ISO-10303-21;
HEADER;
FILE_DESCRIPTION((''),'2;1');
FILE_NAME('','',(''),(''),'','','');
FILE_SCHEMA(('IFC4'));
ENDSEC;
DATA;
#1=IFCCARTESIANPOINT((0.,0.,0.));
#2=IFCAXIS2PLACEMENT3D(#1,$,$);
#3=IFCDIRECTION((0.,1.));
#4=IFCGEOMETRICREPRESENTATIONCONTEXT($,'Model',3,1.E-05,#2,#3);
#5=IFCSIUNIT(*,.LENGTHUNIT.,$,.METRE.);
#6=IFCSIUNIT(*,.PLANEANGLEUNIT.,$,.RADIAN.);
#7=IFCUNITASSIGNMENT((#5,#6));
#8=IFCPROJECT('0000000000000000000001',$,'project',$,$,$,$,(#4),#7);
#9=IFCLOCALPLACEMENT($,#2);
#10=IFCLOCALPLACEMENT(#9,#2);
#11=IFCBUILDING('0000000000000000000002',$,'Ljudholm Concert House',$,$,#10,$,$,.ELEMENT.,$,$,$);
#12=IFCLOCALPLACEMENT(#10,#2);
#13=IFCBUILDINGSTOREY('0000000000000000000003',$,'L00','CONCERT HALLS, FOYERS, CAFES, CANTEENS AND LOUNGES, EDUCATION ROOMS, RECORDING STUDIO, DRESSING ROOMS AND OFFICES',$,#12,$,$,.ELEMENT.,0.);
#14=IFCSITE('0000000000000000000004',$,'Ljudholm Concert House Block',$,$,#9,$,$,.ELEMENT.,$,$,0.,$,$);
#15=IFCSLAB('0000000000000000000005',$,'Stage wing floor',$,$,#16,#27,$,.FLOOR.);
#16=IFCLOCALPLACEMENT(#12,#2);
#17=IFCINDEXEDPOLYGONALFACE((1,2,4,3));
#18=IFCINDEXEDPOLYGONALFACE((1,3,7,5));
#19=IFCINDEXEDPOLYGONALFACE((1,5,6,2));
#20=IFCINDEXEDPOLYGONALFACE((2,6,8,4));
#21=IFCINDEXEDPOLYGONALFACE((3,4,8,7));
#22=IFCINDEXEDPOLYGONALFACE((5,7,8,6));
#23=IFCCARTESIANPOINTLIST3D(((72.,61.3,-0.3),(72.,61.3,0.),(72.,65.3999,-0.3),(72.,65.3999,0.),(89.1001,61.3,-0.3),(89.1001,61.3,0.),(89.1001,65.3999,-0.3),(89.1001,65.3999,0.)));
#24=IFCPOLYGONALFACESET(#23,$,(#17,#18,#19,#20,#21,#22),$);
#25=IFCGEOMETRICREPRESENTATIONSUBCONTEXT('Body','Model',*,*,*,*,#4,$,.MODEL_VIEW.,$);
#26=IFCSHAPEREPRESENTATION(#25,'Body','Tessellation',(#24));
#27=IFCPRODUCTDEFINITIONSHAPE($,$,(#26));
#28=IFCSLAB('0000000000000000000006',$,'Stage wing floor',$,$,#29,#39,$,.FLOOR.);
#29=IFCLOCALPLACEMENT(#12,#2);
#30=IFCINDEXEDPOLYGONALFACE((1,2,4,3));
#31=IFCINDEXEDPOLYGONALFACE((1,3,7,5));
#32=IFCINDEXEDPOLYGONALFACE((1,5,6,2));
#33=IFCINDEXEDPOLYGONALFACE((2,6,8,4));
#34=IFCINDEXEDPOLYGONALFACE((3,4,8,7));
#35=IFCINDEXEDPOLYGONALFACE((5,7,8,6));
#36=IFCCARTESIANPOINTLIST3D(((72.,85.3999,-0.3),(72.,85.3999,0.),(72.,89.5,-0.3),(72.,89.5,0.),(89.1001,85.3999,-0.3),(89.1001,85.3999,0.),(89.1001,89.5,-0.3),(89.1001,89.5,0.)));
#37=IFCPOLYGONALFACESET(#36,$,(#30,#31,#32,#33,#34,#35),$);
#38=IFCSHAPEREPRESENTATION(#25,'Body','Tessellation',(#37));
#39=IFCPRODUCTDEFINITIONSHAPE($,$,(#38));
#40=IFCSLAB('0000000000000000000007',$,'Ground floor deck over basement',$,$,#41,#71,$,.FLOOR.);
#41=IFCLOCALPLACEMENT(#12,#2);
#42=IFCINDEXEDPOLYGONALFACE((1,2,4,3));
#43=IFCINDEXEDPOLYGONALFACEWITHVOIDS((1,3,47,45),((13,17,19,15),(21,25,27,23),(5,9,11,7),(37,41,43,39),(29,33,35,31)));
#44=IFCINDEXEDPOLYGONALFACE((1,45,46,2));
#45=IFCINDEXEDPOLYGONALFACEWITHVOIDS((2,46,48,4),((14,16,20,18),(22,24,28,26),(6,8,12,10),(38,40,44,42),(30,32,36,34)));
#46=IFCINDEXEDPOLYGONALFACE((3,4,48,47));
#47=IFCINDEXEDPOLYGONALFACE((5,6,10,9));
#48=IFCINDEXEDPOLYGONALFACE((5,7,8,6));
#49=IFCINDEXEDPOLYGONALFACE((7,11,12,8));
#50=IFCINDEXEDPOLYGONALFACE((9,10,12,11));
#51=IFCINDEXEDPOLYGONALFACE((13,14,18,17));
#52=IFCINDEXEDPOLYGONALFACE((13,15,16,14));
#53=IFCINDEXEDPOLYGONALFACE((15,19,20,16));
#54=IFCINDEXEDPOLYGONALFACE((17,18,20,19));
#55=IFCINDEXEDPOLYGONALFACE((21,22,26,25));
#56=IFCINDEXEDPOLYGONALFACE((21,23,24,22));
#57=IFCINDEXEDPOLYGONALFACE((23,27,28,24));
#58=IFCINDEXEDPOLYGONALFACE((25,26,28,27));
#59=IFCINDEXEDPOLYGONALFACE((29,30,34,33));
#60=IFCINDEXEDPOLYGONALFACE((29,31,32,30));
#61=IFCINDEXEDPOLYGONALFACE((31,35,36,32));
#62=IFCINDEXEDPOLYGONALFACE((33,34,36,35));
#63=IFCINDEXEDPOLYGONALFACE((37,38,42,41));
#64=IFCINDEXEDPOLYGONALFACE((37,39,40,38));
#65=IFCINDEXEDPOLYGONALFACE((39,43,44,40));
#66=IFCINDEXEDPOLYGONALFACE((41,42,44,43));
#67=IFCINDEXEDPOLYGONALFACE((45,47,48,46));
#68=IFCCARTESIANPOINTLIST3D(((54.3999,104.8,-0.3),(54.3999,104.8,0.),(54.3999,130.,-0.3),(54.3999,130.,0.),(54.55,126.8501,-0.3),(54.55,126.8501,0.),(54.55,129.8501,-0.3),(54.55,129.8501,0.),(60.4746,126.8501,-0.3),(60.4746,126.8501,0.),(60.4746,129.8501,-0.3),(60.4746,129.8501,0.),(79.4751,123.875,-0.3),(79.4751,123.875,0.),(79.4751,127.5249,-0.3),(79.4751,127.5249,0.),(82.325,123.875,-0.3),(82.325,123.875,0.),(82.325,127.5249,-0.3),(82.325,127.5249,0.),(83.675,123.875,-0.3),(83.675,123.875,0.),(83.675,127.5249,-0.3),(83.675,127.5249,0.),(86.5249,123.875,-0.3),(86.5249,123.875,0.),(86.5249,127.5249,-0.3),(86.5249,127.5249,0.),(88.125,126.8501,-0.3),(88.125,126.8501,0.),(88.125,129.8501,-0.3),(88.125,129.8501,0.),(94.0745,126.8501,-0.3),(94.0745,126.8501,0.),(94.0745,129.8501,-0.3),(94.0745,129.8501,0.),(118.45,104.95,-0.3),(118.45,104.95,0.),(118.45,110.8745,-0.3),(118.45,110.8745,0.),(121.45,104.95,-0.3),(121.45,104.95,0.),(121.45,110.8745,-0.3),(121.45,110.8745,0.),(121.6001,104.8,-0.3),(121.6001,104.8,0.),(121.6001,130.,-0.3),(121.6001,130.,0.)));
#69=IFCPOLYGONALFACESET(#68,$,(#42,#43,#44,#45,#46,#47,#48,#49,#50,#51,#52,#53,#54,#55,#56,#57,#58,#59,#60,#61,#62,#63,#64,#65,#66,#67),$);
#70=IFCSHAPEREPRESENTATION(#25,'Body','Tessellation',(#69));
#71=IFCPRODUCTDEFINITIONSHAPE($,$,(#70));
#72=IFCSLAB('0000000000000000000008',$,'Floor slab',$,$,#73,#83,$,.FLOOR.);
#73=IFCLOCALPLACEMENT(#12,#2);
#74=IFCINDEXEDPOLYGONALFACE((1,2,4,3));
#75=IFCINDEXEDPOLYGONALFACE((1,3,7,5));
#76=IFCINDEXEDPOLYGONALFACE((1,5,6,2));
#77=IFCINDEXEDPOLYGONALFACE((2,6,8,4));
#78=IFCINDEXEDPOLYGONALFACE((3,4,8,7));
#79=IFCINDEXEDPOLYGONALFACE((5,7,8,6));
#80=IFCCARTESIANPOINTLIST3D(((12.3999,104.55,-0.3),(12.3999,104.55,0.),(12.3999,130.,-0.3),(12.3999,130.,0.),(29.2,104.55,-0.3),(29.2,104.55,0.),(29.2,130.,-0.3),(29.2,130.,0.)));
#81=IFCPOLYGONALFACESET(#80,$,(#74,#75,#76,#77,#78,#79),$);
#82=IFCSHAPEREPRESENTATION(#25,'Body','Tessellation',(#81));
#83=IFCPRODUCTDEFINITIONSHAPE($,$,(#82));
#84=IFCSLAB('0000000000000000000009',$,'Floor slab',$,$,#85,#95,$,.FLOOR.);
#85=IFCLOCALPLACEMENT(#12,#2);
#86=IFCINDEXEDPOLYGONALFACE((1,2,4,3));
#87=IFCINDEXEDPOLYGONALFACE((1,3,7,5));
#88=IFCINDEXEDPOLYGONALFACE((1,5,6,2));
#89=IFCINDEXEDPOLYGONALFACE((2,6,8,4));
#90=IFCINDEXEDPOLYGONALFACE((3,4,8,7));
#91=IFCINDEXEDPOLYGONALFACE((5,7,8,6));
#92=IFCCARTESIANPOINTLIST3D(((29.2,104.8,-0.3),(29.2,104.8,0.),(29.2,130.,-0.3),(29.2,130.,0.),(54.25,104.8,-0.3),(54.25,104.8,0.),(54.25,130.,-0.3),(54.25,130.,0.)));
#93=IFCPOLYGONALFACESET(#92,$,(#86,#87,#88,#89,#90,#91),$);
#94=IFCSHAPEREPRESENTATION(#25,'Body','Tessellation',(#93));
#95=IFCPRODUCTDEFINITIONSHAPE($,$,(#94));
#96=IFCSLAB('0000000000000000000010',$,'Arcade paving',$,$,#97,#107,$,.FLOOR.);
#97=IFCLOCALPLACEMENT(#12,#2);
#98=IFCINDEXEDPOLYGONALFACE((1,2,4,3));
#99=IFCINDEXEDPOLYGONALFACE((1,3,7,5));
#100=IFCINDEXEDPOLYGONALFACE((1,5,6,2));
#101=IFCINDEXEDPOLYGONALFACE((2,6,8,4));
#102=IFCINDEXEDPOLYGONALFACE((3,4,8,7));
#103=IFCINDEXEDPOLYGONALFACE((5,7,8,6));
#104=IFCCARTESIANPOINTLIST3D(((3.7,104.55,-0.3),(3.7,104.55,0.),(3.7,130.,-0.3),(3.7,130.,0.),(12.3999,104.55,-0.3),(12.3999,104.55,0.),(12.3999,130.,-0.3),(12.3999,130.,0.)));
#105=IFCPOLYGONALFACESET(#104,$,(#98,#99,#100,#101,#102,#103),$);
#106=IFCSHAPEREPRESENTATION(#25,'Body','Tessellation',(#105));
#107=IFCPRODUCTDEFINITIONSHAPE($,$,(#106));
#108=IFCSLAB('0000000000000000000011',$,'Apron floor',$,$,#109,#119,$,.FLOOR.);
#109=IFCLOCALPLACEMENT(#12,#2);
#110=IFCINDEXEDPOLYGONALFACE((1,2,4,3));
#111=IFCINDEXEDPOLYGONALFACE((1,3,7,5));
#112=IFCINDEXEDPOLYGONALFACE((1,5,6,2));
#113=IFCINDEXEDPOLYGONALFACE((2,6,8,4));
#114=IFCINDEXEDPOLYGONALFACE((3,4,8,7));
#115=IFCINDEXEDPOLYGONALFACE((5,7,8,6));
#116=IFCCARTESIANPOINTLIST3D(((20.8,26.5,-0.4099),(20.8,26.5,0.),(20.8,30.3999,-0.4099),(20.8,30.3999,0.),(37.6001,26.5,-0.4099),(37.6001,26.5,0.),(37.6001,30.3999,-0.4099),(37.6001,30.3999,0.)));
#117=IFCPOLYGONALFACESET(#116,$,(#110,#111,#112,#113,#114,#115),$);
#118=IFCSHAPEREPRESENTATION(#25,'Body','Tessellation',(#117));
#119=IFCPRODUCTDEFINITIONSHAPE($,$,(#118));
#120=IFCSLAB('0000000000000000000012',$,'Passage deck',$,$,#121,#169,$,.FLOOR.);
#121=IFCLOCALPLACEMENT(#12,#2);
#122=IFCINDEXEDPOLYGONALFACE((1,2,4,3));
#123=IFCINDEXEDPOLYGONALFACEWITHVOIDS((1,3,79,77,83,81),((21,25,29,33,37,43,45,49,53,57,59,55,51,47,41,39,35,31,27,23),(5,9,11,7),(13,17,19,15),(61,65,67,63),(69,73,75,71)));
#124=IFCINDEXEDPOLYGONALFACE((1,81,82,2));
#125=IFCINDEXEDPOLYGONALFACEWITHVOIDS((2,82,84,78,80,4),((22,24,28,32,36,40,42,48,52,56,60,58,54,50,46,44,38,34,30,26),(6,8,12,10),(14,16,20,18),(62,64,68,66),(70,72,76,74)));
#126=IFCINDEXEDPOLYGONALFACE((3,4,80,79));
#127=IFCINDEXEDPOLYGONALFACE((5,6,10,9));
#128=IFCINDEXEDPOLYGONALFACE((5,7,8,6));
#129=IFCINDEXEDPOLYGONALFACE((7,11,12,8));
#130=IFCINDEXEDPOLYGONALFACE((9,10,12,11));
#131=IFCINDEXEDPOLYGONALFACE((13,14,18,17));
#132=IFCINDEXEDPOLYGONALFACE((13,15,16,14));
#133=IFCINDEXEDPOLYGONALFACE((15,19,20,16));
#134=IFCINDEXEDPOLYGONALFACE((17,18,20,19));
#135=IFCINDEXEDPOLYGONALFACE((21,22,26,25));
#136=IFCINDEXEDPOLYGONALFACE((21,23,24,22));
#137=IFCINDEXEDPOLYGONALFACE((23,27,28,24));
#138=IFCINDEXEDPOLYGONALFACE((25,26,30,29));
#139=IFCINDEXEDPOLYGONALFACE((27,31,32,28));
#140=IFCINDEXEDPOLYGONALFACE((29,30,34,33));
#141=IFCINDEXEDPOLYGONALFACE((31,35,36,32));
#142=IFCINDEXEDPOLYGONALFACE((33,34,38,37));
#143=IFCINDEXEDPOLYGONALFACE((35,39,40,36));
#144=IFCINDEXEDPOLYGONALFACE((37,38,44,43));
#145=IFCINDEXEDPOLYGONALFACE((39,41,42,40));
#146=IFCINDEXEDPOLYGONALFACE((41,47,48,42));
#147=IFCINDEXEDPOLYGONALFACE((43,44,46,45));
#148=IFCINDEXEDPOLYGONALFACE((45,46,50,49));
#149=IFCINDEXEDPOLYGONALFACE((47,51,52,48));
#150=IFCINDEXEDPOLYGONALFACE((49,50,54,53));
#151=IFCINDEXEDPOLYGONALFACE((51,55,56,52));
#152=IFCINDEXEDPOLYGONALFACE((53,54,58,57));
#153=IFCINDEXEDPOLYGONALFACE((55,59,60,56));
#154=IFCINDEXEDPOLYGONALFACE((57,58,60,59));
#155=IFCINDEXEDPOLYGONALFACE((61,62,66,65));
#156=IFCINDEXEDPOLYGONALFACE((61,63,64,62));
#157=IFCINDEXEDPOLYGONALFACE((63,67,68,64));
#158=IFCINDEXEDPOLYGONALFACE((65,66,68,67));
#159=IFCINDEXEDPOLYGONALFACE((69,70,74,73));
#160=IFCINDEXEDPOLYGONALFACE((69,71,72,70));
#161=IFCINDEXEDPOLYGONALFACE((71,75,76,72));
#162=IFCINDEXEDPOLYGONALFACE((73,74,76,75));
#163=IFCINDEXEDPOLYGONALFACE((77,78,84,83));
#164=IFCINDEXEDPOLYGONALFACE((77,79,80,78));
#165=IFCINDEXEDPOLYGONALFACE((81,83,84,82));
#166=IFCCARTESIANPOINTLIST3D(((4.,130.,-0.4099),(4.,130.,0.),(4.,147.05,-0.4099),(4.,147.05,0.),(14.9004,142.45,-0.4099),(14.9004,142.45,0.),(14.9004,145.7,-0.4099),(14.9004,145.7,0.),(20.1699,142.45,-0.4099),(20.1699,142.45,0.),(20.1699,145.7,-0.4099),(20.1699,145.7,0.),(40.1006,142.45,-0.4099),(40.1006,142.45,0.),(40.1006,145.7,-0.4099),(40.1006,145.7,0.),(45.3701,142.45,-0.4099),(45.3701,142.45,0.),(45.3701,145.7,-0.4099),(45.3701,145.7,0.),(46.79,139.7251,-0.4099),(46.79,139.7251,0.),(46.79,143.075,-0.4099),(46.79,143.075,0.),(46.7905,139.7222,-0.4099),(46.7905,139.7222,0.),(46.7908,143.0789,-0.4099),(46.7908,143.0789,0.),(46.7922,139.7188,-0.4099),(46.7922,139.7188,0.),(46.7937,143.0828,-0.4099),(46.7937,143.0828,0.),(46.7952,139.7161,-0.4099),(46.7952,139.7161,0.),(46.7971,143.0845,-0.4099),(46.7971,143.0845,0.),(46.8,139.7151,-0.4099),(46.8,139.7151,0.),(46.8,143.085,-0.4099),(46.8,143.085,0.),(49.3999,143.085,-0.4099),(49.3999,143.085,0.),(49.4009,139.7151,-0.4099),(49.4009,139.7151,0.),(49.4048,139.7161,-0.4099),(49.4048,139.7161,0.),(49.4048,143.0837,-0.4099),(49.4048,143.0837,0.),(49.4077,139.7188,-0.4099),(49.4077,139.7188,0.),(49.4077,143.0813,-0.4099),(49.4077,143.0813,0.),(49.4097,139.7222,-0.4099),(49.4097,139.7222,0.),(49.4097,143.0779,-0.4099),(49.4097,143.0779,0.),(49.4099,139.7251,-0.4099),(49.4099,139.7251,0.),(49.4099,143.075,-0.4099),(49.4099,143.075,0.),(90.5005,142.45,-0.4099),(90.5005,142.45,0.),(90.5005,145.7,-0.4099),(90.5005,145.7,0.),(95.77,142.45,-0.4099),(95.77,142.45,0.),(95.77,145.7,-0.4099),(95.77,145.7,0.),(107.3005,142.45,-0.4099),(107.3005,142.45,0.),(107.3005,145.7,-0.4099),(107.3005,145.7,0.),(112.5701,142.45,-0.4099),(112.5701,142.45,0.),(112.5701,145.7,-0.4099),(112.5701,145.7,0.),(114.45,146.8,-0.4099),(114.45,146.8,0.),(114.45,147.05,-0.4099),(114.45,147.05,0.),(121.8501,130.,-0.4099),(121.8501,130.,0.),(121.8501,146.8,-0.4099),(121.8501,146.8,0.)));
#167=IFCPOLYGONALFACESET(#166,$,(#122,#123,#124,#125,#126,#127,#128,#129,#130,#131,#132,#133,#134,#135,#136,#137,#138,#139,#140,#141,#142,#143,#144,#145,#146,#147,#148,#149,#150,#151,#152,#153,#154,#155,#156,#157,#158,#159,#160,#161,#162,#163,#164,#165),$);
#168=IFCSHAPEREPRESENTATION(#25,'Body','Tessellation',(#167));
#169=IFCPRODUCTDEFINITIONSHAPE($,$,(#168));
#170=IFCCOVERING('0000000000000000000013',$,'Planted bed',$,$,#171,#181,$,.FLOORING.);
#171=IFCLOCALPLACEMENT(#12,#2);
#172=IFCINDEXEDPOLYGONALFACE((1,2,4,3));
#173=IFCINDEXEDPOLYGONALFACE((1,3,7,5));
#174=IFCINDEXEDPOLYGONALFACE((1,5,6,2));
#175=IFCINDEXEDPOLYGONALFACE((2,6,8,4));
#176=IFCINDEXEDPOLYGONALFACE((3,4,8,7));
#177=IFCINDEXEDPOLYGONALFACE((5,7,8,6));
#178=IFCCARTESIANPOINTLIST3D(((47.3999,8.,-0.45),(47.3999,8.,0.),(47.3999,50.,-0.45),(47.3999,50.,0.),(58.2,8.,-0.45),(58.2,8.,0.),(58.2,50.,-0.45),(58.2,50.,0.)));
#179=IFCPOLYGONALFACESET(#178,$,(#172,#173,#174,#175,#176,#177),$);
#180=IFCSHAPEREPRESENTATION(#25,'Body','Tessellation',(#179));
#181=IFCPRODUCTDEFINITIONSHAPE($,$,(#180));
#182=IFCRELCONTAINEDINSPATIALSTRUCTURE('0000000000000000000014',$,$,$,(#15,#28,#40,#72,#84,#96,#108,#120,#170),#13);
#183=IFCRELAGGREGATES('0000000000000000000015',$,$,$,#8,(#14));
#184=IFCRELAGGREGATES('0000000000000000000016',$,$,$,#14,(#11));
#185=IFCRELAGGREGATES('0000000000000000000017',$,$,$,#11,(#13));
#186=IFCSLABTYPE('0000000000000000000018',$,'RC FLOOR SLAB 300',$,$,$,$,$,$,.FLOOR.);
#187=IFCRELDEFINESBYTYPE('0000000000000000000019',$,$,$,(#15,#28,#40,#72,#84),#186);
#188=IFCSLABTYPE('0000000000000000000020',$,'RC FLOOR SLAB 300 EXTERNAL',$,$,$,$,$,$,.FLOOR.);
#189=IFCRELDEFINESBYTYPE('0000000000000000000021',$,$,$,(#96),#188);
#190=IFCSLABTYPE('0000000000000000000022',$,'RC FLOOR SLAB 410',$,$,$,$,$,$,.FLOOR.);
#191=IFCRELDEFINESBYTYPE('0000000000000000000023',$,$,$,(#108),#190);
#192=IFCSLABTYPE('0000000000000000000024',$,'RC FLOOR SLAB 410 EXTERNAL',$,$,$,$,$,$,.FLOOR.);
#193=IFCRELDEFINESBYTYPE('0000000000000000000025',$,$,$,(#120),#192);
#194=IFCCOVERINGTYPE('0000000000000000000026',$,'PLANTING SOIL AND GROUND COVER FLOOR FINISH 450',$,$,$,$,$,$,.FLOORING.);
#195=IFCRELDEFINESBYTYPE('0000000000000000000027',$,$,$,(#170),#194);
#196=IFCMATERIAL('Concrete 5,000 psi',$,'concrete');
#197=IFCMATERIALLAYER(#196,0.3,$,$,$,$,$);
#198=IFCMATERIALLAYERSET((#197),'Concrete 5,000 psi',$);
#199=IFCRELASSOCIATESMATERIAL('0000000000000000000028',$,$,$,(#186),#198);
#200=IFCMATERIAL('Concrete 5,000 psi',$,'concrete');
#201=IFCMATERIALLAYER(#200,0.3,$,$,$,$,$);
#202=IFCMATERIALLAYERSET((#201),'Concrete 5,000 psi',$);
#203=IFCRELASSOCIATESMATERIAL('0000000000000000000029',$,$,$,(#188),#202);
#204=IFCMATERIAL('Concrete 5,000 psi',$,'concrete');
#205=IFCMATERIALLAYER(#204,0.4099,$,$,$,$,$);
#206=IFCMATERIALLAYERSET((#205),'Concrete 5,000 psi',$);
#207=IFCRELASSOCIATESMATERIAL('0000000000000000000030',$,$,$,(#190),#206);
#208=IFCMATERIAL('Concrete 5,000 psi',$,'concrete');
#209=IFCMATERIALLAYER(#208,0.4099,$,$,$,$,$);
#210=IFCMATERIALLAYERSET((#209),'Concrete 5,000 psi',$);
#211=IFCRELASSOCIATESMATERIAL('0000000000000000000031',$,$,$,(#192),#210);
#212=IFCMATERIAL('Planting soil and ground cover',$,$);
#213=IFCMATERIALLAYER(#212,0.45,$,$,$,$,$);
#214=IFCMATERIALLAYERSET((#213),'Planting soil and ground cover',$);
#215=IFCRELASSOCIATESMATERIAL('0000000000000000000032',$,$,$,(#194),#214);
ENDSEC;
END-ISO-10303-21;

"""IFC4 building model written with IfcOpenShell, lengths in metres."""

from ifc_helpers import new_model, si_unit, direction, frame, origin, place, context, subcontext, project, spatial, polyline, outline, extrude, material, layer, layer_set, type_object, element, save


model = new_model("IFC4")

# Units and contexts
model_context = context("Model", 3, precision=1e-05, world=origin(), true_north=direction((0.0, 1.0)))
body_context = subcontext(model_context, "Body", "Model", "MODEL_VIEW")
ifc_project = project(units=[si_unit("LENGTHUNIT", "METRE"), si_unit("PLANEANGLEUNIT", "RADIAN")], contexts=[model_context])

# Site, building, storey
site_placement = place(None, origin())
site = spatial("IfcSite", under=ifc_project, at=site_placement, Name="Ljudholm Concert House Block", CompositionType="ELEMENT", RefElevation=0.0)
building_placement = place(site_placement, origin())
building = spatial("IfcBuilding", under=site, at=building_placement, Name="Ljudholm Concert House", CompositionType="ELEMENT")
storey_placement = place(building_placement, origin())
storey = spatial("IfcBuildingStorey", under=building, at=storey_placement, Name="L00", Description="CONCERT HALLS, FOYERS, CAFES, CANTEENS AND LOUNGES, EDUCATION ROOMS, RECORDING STUDIO, DRESSING ROOMS AND OFFICES", CompositionType="ELEMENT", Elevation=0.0)

# Slabs
ifc_material_1 = material(Name="Concrete 5,000 psi", Category="concrete")
ifc_layer_1 = layer(ifc_material_1, 0.3)
ifc_layer_set_1 = layer_set([ifc_layer_1], Name="Concrete 5,000 psi")
slab_type_1 = type_object("IfcSlabType", Name="RC FLOOR SLAB 300", PredefinedType="FLOOR", material=ifc_layer_set_1)
slab_1_placement = place(storey_placement, frame((0.0, 0.0, -0.3)))
element("IfcSlab", 1, at=slab_1_placement, inside=storey, type_object=slab_type_1, Name="Stage wing floor", PredefinedType="FLOOR", context=body_context, shape_type="SweptSolid", body=[
    extrude(outline(polyline([(72.0, 61.3), (89.1001, 61.3), (89.1001, 65.3999), (72.0, 65.3999), (72.0, 61.3)])), origin(), (0.0, 0.0, 1.0), 0.3),
])
slab_2_placement = place(storey_placement, frame((0.0, 0.0, -0.3)))
element("IfcSlab", 2, at=slab_2_placement, inside=storey, type_object=slab_type_1, Name="Stage wing floor", PredefinedType="FLOOR", context=body_context, shape_type="SweptSolid", body=[
    extrude(outline(polyline([(72.0, 85.3999), (89.1001, 85.3999), (89.1001, 89.5), (72.0, 89.5), (72.0, 85.3999)])), origin(), (0.0, 0.0, 1.0), 0.3),
])
slab_3_placement = place(storey_placement, frame((0.0, 0.0, -0.3)))
element("IfcSlab", 3, at=slab_3_placement, inside=storey, type_object=slab_type_1, Name="Ground floor deck over basement", PredefinedType="FLOOR", context=body_context, shape_type="SweptSolid", body=[
    extrude(outline(polyline([(54.3999, 130.0), (121.6001, 130.0), (121.6001, 104.8), (54.3999, 104.8), (54.3999, 130.0)]), holes=[polyline([(121.45, 110.8745), (118.45, 110.8745), (118.45, 104.95), (121.45, 104.95), (121.45, 110.8745)]), polyline([(79.4751, 127.5249), (79.4751, 123.875), (82.325, 123.875), (82.325, 127.5249), (79.4751, 127.5249)]), polyline([(83.675, 127.5249), (83.675, 123.875), (86.5249, 123.875), (86.5249, 127.5249), (83.675, 127.5249)]), polyline([(54.55, 126.8501), (60.4746, 126.8501), (60.4746, 129.8501), (54.55, 129.8501), (54.55, 126.8501)]), polyline([(88.125, 126.8501), (94.0745, 126.8501), (94.0745, 129.8501), (88.125, 129.8501), (88.125, 126.8501)])]), origin(), (0.0, 0.0, 1.0), 0.3),
])
slab_4_placement = place(storey_placement, frame((0.0, 0.0, -0.3)))
element("IfcSlab", 4, at=slab_4_placement, inside=storey, type_object=slab_type_1, Name="Floor slab", PredefinedType="FLOOR", context=body_context, shape_type="SweptSolid", body=[
    extrude(outline(polyline([(29.2, 130.0), (12.3999, 130.0), (12.3999, 104.55), (29.2, 104.55), (29.2, 130.0)])), origin(), (0.0, 0.0, 1.0), 0.3),
])
slab_5_placement = place(storey_placement, frame((0.0, 0.0, -0.3)))
element("IfcSlab", 5, at=slab_5_placement, inside=storey, type_object=slab_type_1, Name="Floor slab", PredefinedType="FLOOR", context=body_context, shape_type="SweptSolid", body=[
    extrude(outline(polyline([(54.25, 104.8), (54.25, 130.0), (29.2, 130.0), (29.2, 104.8), (54.25, 104.8)])), origin(), (0.0, 0.0, 1.0), 0.3),
])
ifc_material_2 = material(Name="Concrete 5,000 psi", Category="concrete")
ifc_layer_2 = layer(ifc_material_2, 0.3)
ifc_layer_set_2 = layer_set([ifc_layer_2], Name="Concrete 5,000 psi")
slab_type_2 = type_object("IfcSlabType", Name="RC FLOOR SLAB 300 EXTERNAL", PredefinedType="FLOOR", material=ifc_layer_set_2)
slab_6_placement = place(storey_placement, frame((0.0, 0.0, -0.3)))
element("IfcSlab", 6, at=slab_6_placement, inside=storey, type_object=slab_type_2, Name="Arcade paving", PredefinedType="FLOOR", context=body_context, shape_type="SweptSolid", body=[
    extrude(outline(polyline([(3.7, 104.55), (12.3999, 104.55), (12.3999, 130.0), (3.7, 130.0), (3.7, 104.55)])), origin(), (0.0, 0.0, 1.0), 0.3),
])
ifc_material_3 = material(Name="Concrete 5,000 psi", Category="concrete")
ifc_layer_3 = layer(ifc_material_3, 0.4099)
ifc_layer_set_3 = layer_set([ifc_layer_3], Name="Concrete 5,000 psi")
slab_type_3 = type_object("IfcSlabType", Name="RC FLOOR SLAB 410", PredefinedType="FLOOR", material=ifc_layer_set_3)
slab_7_placement = place(storey_placement, frame((0.0, 0.0, -0.4099)))
element("IfcSlab", 7, at=slab_7_placement, inside=storey, type_object=slab_type_3, Name="Apron floor", PredefinedType="FLOOR", context=body_context, shape_type="SweptSolid", body=[
    extrude(outline(polyline([(20.8, 26.5), (37.6001, 26.5), (37.6001, 30.3999), (20.8, 30.3999), (20.8, 26.5)])), origin(), (0.0, 0.0, 1.0), 0.4099),
])
ifc_material_4 = material(Name="Concrete 5,000 psi", Category="concrete")
ifc_layer_4 = layer(ifc_material_4, 0.4099)
ifc_layer_set_4 = layer_set([ifc_layer_4], Name="Concrete 5,000 psi")
slab_type_4 = type_object("IfcSlabType", Name="RC FLOOR SLAB 410 EXTERNAL", PredefinedType="FLOOR", material=ifc_layer_set_4)
slab_8_placement = place(storey_placement, frame((0.0, 0.0, -0.4099)))
element("IfcSlab", 8, at=slab_8_placement, inside=storey, type_object=slab_type_4, Name="Passage deck", PredefinedType="FLOOR", context=body_context, shape_type="SweptSolid", body=[
    extrude(outline(polyline([(114.45, 147.05), (114.45, 146.8), (121.8501, 146.8), (121.8501, 130.0), (4.0, 130.0), (4.0, 147.05), (114.45, 147.05)]), holes=[polyline([(20.1699, 142.45), (20.1699, 145.7), (14.9004, 145.7), (14.9004, 142.45), (20.1699, 142.45)]), polyline([(40.1006, 142.45), (45.3701, 142.45), (45.3701, 145.7), (40.1006, 145.7), (40.1006, 142.45)]), polyline([(90.5005, 145.7), (90.5005, 142.45), (95.77, 142.45), (95.77, 145.7), (90.5005, 145.7)]), polyline([(112.5701, 145.7), (107.3005, 145.7), (107.3005, 142.45), (112.5701, 142.45), (112.5701, 145.7)]), polyline([(49.4009, 139.7151), (49.4048, 139.7161), (49.4077, 139.7188), (49.4097, 139.7222), (49.4099, 139.7251), (49.4099, 143.075), (49.4097, 143.0779), (49.4077, 143.0813), (49.4048, 143.0837), (49.3999, 143.085), (46.8, 143.085), (46.7971, 143.0845), (46.7937, 143.0828), (46.7908, 143.0789), (46.79, 143.075), (46.79, 139.7251), (46.7905, 139.7222), (46.7922, 139.7188), (46.7952, 139.7161), (46.8, 139.7151), (49.4009, 139.7151)])]), origin(), (0.0, 0.0, 1.0), 0.4099),
])

# Covering
ifc_material_5 = material(Name="Planting soil and ground cover")
ifc_layer_5 = layer(ifc_material_5, 0.45)
ifc_layer_set_5 = layer_set([ifc_layer_5], Name="Planting soil and ground cover")
covering_type_1 = type_object("IfcCoveringType", Name="PLANTING SOIL AND GROUND COVER FLOOR FINISH 450", PredefinedType="FLOORING", material=ifc_layer_set_5)
covering_1_placement = place(storey_placement, frame((0.0, 0.0, -0.45)))
element("IfcCovering", 9, at=covering_1_placement, inside=storey, type_object=covering_type_1, Name="Planted bed", PredefinedType="FLOORING", context=body_context, shape_type="SweptSolid", body=[
    extrude(outline(polyline([(47.3999, 8.0), (58.2, 8.0), (58.2, 50.0), (47.3999, 50.0), (47.3999, 8.0)])), origin(), (0.0, 0.0, 1.0), 0.45),
])

save(model, "model.ifc")
